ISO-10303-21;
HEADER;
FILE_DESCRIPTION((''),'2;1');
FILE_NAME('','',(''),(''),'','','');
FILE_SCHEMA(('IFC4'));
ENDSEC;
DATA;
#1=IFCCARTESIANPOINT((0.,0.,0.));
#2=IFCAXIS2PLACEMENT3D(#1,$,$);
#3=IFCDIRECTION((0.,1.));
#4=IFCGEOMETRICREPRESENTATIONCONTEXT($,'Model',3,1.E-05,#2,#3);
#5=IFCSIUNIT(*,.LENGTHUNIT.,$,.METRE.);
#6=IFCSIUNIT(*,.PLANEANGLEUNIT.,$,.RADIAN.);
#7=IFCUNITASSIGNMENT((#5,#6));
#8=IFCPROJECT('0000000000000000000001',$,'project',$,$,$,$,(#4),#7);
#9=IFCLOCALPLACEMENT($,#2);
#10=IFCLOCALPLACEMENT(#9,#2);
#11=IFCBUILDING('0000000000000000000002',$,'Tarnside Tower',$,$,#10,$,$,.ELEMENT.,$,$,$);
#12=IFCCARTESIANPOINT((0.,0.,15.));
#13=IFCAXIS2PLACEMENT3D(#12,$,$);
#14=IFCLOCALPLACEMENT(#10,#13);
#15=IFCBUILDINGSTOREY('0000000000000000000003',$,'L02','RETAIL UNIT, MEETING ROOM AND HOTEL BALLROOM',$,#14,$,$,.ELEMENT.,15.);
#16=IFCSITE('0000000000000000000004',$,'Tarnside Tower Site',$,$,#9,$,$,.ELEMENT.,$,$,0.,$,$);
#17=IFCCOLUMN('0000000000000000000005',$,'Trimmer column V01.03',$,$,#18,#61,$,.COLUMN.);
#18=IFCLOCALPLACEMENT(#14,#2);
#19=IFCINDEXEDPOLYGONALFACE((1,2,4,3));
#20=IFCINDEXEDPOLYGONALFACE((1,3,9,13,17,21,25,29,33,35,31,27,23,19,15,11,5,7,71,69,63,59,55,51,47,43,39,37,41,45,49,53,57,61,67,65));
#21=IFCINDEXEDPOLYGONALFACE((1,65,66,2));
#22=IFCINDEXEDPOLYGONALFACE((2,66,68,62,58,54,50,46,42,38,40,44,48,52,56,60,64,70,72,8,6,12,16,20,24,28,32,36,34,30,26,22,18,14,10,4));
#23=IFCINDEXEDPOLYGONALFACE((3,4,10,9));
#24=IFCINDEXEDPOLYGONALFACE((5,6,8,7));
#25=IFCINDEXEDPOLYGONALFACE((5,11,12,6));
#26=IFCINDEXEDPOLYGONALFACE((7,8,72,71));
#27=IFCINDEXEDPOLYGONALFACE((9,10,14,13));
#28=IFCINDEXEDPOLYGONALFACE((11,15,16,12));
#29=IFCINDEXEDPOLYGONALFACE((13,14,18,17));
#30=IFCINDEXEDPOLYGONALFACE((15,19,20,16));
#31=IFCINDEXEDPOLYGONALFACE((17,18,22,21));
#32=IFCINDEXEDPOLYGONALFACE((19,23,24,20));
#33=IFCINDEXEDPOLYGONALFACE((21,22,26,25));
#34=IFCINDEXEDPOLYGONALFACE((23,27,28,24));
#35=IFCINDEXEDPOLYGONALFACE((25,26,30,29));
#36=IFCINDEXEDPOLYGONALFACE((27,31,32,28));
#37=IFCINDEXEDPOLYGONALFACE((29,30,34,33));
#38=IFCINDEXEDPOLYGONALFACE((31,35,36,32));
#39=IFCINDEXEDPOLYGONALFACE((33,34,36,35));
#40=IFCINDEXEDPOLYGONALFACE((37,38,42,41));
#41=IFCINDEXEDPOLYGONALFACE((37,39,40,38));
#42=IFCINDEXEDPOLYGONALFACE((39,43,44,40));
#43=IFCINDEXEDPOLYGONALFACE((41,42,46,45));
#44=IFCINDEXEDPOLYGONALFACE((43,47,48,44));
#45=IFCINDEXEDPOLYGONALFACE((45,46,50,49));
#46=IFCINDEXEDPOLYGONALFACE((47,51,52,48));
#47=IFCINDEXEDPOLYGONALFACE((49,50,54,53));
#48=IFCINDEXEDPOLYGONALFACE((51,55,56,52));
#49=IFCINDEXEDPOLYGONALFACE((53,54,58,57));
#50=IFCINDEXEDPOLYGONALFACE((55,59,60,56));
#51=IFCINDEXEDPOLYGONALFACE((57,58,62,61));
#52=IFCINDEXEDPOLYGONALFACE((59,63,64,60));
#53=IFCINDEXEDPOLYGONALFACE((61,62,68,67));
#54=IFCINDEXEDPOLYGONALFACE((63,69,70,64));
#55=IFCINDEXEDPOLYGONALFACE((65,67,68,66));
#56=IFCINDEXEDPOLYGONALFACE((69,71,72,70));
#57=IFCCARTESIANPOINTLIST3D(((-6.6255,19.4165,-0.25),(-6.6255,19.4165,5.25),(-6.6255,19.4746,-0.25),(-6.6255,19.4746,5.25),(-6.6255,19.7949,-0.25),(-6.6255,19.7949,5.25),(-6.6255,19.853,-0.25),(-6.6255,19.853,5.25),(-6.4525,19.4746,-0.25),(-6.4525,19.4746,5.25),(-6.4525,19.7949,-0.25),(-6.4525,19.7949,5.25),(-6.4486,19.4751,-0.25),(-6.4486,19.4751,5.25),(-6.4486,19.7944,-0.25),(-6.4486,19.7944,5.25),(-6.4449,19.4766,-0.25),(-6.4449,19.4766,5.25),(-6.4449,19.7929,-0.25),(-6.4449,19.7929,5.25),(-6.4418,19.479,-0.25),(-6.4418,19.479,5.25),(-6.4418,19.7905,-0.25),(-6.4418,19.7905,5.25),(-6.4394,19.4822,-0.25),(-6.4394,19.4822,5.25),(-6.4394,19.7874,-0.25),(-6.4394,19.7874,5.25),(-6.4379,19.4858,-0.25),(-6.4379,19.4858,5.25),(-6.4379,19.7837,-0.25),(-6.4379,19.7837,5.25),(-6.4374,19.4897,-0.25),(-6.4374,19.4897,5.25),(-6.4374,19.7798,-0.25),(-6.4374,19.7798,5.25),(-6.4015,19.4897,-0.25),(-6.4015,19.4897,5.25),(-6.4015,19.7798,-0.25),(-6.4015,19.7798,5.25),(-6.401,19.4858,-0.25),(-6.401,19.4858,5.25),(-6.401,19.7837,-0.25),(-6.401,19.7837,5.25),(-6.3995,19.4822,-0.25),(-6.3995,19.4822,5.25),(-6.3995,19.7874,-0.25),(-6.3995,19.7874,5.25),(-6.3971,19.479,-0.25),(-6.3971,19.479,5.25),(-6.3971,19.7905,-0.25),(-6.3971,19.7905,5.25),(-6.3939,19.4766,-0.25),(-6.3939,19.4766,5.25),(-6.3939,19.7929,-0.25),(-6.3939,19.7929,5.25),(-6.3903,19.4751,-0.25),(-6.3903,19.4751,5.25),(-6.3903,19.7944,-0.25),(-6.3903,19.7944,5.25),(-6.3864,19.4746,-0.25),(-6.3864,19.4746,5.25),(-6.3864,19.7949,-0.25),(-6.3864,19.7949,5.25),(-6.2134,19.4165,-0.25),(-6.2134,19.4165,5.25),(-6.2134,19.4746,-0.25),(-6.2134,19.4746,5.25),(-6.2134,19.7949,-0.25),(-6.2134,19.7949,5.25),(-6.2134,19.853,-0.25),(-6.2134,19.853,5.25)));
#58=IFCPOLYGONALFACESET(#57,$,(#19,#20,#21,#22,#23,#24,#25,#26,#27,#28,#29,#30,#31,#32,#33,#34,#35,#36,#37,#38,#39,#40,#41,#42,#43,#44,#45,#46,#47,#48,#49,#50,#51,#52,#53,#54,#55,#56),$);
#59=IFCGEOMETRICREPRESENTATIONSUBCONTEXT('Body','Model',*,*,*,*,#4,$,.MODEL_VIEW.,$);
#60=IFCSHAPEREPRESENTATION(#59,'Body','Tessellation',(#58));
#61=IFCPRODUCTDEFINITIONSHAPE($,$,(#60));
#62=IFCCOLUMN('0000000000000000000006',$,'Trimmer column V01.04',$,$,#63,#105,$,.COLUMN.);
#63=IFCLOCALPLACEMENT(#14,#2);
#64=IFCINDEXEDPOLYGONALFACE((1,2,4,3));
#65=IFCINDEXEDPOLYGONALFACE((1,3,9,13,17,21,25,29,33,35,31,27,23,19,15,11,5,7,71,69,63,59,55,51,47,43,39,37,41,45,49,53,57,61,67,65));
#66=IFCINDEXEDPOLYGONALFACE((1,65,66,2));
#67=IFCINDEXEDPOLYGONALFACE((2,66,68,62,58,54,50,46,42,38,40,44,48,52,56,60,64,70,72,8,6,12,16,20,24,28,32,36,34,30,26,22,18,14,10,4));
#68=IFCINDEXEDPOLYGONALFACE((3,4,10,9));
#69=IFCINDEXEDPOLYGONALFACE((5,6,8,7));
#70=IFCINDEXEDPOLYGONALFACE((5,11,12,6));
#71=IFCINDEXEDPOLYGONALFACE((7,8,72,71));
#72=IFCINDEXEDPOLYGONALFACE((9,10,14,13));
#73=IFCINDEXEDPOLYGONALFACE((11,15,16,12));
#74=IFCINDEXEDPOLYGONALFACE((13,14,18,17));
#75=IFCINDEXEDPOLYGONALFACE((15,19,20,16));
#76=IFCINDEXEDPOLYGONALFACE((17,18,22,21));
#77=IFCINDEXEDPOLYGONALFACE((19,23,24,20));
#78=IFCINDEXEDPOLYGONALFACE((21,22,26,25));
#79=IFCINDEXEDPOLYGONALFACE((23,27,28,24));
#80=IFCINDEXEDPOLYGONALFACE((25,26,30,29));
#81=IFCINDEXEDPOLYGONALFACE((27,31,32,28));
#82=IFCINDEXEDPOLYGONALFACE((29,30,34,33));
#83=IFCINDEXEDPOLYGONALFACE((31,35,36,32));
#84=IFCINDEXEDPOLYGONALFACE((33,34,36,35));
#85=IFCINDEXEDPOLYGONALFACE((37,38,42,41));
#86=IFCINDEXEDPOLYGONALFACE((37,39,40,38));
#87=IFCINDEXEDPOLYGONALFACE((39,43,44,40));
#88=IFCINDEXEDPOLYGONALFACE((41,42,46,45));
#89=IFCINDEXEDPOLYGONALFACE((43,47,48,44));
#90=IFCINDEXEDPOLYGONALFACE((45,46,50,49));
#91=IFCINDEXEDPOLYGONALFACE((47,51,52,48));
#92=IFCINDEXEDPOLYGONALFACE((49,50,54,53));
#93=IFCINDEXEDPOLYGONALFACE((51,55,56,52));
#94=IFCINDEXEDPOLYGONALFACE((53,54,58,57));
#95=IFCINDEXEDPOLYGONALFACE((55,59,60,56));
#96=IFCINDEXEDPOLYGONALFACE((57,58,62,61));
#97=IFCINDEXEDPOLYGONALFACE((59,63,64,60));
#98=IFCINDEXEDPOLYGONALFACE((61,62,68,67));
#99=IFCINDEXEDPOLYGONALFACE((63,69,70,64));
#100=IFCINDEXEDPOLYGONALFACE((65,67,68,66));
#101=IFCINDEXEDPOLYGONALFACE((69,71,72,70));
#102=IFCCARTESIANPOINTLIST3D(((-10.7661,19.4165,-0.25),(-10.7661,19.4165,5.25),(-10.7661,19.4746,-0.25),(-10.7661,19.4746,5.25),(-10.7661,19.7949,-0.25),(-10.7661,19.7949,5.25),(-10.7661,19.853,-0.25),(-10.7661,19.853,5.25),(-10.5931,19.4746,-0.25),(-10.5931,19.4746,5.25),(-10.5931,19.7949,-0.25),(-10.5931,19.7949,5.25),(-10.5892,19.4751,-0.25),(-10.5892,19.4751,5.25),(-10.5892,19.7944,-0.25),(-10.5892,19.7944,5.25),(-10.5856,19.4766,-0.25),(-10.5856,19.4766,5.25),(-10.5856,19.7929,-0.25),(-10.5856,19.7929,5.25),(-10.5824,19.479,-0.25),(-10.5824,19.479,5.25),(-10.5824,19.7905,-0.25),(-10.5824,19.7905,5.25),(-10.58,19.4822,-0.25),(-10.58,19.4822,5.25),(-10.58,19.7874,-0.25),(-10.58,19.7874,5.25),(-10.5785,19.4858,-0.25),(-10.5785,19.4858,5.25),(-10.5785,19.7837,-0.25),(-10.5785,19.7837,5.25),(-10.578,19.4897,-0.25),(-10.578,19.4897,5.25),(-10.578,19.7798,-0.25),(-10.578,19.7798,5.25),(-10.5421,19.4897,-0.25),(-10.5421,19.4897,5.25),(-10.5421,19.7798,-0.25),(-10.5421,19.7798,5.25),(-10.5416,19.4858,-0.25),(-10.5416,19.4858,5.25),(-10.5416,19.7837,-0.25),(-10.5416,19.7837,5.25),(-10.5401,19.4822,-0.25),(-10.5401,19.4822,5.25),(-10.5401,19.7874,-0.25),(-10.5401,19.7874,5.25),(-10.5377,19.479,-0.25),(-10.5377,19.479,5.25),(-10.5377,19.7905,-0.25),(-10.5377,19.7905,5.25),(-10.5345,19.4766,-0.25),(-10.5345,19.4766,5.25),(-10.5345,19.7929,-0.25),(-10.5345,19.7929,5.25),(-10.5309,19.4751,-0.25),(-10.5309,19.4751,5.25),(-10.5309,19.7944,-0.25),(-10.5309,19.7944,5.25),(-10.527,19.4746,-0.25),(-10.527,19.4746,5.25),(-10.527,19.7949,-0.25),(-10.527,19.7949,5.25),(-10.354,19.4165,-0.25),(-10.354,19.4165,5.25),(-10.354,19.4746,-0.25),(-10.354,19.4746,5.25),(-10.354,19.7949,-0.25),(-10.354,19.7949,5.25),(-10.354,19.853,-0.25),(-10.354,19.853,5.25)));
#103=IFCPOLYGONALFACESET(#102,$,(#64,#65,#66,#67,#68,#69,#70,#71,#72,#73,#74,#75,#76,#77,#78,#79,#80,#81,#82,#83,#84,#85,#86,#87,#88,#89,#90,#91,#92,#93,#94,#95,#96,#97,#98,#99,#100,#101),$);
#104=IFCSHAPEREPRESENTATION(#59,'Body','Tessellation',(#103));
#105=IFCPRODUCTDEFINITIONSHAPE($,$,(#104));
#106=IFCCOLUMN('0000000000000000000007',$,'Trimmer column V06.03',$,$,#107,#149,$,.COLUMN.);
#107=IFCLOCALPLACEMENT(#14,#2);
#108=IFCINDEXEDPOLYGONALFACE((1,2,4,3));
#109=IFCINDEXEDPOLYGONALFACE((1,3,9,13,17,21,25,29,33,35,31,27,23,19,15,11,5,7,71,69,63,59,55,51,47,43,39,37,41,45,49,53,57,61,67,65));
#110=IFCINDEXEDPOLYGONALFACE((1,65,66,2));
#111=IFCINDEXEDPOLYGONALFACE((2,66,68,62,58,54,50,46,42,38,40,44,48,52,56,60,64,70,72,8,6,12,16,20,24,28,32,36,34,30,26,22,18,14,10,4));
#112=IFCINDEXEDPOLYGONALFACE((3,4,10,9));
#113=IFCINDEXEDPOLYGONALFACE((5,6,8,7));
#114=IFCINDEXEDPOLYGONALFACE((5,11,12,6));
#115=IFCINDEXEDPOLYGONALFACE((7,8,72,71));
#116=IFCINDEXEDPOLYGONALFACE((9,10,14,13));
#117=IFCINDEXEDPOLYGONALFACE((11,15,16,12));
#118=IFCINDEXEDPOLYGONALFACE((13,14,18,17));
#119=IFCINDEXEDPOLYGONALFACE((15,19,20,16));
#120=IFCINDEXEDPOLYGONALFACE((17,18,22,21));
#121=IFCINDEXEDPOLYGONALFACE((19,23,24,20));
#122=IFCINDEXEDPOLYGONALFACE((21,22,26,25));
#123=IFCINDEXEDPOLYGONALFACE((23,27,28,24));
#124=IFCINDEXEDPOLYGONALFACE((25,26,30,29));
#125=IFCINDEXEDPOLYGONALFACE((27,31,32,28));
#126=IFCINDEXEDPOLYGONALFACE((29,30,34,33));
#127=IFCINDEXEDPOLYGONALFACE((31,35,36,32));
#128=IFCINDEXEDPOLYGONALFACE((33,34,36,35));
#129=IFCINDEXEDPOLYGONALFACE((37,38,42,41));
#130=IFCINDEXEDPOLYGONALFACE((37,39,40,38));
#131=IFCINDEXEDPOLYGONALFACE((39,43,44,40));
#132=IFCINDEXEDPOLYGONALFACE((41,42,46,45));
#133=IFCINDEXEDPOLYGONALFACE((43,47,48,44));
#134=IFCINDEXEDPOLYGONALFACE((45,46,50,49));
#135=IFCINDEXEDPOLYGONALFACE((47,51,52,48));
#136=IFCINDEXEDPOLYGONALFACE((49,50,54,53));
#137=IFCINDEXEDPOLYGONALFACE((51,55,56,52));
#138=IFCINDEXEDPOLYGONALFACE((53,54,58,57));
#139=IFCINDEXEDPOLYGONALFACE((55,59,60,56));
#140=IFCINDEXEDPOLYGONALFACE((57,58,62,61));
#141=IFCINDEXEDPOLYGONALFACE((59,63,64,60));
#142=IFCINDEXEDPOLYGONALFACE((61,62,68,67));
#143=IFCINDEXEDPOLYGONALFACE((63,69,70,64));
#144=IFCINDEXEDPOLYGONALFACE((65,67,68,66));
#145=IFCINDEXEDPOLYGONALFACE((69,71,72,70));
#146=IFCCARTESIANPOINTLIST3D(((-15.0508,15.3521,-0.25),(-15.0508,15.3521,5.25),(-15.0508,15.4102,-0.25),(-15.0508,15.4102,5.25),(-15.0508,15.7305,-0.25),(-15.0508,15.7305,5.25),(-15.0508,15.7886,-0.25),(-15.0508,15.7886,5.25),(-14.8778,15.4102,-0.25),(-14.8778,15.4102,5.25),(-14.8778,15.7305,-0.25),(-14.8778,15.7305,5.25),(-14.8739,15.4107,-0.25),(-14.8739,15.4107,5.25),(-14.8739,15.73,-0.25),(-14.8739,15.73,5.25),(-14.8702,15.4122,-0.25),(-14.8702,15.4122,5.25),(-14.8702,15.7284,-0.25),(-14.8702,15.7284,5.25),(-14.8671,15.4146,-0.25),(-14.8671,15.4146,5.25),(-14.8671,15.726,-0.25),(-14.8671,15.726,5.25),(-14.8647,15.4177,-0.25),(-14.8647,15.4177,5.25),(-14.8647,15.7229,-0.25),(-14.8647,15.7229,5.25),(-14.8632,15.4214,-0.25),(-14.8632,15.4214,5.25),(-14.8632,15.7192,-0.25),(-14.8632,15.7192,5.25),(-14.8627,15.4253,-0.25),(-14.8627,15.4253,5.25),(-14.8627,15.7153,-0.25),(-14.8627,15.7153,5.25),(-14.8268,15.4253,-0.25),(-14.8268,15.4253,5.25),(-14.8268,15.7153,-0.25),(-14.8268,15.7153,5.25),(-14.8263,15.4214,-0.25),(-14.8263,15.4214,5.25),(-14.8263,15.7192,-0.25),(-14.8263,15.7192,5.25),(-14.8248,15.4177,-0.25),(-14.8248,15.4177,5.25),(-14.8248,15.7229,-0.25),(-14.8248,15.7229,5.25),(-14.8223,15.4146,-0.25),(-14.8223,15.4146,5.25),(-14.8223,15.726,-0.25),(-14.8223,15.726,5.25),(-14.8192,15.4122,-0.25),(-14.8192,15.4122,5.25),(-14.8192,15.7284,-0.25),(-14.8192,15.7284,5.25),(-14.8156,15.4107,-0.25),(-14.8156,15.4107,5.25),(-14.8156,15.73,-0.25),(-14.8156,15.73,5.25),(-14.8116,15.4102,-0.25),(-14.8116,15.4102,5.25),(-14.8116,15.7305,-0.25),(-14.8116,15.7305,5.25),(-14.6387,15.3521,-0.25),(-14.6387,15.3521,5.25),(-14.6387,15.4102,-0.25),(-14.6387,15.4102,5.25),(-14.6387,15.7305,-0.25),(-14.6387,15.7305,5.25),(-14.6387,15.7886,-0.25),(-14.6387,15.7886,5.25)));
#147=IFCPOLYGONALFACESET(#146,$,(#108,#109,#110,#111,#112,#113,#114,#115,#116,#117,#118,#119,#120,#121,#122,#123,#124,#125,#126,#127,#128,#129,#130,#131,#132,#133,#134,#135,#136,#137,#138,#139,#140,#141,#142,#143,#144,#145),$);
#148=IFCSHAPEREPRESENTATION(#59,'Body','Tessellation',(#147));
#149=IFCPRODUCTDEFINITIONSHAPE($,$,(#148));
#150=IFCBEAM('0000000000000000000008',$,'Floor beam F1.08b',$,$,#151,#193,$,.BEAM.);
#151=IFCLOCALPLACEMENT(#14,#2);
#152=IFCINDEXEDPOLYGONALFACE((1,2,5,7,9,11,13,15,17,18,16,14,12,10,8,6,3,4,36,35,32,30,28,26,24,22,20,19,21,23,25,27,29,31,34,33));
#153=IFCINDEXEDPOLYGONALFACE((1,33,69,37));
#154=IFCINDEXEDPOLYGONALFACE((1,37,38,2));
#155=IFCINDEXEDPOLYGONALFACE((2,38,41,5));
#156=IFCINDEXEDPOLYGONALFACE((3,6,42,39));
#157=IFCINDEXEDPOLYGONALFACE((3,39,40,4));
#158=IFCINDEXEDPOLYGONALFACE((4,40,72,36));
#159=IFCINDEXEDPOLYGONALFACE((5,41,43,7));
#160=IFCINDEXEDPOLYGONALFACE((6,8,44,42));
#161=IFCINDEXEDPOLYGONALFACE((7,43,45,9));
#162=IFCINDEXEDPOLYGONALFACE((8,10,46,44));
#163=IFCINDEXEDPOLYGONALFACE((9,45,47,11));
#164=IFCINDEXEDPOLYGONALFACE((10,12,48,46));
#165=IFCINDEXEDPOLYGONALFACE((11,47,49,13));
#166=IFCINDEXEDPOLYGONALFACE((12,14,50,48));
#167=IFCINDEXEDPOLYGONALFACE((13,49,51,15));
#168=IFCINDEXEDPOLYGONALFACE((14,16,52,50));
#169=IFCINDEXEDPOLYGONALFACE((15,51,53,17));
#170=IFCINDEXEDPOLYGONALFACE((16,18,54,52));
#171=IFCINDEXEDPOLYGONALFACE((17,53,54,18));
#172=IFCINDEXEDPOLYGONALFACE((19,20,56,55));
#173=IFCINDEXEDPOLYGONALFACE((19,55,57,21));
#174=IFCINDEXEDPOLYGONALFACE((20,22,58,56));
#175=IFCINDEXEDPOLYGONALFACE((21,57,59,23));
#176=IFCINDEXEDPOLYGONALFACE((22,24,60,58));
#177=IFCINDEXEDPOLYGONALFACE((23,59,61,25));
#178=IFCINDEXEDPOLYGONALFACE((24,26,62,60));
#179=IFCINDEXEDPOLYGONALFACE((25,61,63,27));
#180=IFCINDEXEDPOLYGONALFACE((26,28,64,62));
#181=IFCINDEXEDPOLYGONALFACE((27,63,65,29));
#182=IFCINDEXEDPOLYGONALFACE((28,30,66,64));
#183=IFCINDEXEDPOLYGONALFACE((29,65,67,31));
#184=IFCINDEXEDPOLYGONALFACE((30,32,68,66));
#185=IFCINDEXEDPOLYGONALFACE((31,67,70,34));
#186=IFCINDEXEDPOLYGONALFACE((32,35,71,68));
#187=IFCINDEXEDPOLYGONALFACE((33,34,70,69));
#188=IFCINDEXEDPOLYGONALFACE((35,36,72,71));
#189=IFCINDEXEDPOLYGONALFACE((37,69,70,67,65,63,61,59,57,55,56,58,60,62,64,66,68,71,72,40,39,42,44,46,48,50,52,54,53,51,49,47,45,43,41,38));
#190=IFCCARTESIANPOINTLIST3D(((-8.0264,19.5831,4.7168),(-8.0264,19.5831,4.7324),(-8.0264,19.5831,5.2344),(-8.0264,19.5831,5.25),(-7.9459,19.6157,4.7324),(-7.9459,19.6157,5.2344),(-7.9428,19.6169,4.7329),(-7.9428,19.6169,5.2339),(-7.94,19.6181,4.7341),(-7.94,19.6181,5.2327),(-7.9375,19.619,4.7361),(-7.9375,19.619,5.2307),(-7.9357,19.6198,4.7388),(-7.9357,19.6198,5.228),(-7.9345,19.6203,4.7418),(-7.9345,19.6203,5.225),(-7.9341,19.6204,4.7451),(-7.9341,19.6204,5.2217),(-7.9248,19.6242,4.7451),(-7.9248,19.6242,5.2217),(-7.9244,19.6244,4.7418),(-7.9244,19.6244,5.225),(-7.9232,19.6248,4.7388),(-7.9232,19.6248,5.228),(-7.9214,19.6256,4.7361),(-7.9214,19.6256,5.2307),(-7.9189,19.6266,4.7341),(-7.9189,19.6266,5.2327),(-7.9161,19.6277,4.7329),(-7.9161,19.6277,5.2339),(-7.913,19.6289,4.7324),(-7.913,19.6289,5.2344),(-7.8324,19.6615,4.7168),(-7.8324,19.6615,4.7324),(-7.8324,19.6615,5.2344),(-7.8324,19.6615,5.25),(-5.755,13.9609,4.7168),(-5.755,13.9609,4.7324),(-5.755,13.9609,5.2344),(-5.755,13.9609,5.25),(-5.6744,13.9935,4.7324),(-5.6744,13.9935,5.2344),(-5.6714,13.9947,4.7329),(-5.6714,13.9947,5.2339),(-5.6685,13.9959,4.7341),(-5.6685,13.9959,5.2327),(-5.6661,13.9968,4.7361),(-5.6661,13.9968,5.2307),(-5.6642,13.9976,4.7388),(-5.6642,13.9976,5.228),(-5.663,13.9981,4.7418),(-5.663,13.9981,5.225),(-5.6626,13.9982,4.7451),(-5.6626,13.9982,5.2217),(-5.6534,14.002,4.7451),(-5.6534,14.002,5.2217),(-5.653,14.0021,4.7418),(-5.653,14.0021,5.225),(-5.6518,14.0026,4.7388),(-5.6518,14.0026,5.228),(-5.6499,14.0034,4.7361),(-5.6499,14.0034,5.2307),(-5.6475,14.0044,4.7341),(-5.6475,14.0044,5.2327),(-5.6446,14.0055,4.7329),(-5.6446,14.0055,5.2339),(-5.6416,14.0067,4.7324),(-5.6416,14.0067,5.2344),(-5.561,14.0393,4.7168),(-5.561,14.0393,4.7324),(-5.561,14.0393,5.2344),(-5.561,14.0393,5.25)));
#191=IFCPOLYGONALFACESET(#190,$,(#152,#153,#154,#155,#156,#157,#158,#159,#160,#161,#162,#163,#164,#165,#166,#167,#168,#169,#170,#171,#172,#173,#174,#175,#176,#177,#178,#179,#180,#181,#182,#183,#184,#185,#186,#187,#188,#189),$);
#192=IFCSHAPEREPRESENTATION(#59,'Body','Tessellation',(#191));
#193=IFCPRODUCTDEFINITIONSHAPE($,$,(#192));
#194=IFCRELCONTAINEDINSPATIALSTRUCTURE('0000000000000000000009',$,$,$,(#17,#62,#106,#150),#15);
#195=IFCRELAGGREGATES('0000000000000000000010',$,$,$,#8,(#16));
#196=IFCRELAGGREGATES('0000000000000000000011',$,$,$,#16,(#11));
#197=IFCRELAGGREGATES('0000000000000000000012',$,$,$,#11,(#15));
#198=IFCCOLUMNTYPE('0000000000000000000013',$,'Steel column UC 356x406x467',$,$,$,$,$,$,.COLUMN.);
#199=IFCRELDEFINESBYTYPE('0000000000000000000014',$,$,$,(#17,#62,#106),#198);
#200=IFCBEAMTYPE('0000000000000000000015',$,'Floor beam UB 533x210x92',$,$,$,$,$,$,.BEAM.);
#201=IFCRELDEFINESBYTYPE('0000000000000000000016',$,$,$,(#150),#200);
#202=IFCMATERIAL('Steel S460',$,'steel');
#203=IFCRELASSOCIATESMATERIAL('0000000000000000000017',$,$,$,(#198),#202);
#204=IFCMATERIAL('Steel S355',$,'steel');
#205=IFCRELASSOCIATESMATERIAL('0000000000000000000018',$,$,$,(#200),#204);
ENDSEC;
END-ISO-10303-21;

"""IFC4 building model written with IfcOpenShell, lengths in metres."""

from ifc_helpers import new_model, si_unit, direction, frame, origin, origin_2d, place, context, subcontext, project, spatial, i_section, extrude, material, material_profile, profile_set, type_object, element, save


model = new_model("IFC4")

# Units and contexts
model_context = context("Model", 3, precision=1e-05, world=origin(), true_north=direction((0.0, 1.0)))
body_context = subcontext(model_context, "Body", "Model", "MODEL_VIEW")
ifc_project = project(units=[si_unit("LENGTHUNIT", "METRE"), si_unit("PLANEANGLEUNIT", "RADIAN")], contexts=[model_context])

# Site, building, storey
site_placement = place(None, origin())
site = spatial("IfcSite", under=ifc_project, at=site_placement, Name="Tarnside Tower Site", CompositionType="ELEMENT", RefElevation=0.0)
building_placement = place(site_placement, origin())
building = spatial("IfcBuilding", under=site, at=building_placement, Name="Tarnside Tower", CompositionType="ELEMENT")
storey_placement = place(building_placement, frame((0.0, 0.0, 15.0)))
storey = spatial("IfcBuildingStorey", under=building, at=storey_placement, Name="L02", Description="RETAIL UNIT, MEETING ROOM AND HOTEL BALLROOM", CompositionType="ELEMENT", Elevation=15.0)

# Columns
ifc_material_1 = material(Name="Steel S460", Category="steel")
ifc_material_profile_1 = material_profile(ifc_material_1, i_section(OverallWidth=0.4121, OverallDepth=0.4365, WebThickness=0.0359, FlangeThickness=0.0581, FilletRadius=0.0151, at=origin_2d()), Name="UC 356x406x467")
ifc_profile_set_1 = profile_set([ifc_material_profile_1], Name="Steel S460")
column_type = type_object("IfcColumnType", Name="Steel column UC 356x406x467", PredefinedType="COLUMN", material=ifc_profile_set_1)
for number, where, z_axis, x_axis, name in (
    (1, (-6.4194, 19.6348, -0.25), (0.0, 0.0, 1.0), (1.0, 0.0, 0.0), "Trimmer column V01.03"),
    (2, (-10.5601, 19.6348, -0.25), (0.0, 0.0, 1.0), (1.0, 0.0, 0.0), "Trimmer column V01.04"),
    (3, (-14.8447, 15.5703, -0.25), (0.0, 0.0, 1.0), (1.0, 0.0, 0.0), "Trimmer column V06.03"),
):
    element("IfcColumn", number, at=place(storey_placement, frame(where, z_axis=z_axis, x_axis=x_axis)), inside=storey, type_object=column_type, Name=name, PredefinedType="COLUMN", context=body_context, shape_type="SweptSolid", body=[
        extrude(i_section(OverallWidth=0.4121, OverallDepth=0.4365, WebThickness=0.0359, FlangeThickness=0.0581, FilletRadius=0.0151, at=origin_2d()), origin(), (0.0, 0.0, 1.0), 5.5),
    ])

# Beam
ifc_material_2 = material(Name="Steel S355", Category="steel")
ifc_material_profile_2 = material_profile(ifc_material_2, i_section(OverallWidth=0.2092, OverallDepth=0.5332, WebThickness=0.01, FlangeThickness=0.0156, FilletRadius=0.0127, at=origin_2d()), Name="UB 533x210x92")
ifc_profile_set_2 = profile_set([ifc_material_profile_2], Name="Steel S355")
beam_type_1 = type_object("IfcBeamType", Name="Floor beam UB 533x210x92", PredefinedType="BEAM", material=ifc_profile_set_2)
beam_1_placement = place(storey_placement, frame((-7.9294, 19.6223, 4.9834), z_axis=(0.374596, -0.927188, 0.0), x_axis=(0.927188, 0.374596, 0.0)))
element("IfcBeam", 4, at=beam_1_placement, inside=storey, type_object=beam_type_1, Name="Floor beam F1.08b", PredefinedType="BEAM", context=body_context, shape_type="SweptSolid", body=[
    extrude(i_section(OverallWidth=0.2092, OverallDepth=0.5332, WebThickness=0.01, FlangeThickness=0.0156, FilletRadius=0.0127, at=origin_2d()), origin(), (0.0, 0.0, 1.0), 6.0637),
])

save(model, "model.ifc")
